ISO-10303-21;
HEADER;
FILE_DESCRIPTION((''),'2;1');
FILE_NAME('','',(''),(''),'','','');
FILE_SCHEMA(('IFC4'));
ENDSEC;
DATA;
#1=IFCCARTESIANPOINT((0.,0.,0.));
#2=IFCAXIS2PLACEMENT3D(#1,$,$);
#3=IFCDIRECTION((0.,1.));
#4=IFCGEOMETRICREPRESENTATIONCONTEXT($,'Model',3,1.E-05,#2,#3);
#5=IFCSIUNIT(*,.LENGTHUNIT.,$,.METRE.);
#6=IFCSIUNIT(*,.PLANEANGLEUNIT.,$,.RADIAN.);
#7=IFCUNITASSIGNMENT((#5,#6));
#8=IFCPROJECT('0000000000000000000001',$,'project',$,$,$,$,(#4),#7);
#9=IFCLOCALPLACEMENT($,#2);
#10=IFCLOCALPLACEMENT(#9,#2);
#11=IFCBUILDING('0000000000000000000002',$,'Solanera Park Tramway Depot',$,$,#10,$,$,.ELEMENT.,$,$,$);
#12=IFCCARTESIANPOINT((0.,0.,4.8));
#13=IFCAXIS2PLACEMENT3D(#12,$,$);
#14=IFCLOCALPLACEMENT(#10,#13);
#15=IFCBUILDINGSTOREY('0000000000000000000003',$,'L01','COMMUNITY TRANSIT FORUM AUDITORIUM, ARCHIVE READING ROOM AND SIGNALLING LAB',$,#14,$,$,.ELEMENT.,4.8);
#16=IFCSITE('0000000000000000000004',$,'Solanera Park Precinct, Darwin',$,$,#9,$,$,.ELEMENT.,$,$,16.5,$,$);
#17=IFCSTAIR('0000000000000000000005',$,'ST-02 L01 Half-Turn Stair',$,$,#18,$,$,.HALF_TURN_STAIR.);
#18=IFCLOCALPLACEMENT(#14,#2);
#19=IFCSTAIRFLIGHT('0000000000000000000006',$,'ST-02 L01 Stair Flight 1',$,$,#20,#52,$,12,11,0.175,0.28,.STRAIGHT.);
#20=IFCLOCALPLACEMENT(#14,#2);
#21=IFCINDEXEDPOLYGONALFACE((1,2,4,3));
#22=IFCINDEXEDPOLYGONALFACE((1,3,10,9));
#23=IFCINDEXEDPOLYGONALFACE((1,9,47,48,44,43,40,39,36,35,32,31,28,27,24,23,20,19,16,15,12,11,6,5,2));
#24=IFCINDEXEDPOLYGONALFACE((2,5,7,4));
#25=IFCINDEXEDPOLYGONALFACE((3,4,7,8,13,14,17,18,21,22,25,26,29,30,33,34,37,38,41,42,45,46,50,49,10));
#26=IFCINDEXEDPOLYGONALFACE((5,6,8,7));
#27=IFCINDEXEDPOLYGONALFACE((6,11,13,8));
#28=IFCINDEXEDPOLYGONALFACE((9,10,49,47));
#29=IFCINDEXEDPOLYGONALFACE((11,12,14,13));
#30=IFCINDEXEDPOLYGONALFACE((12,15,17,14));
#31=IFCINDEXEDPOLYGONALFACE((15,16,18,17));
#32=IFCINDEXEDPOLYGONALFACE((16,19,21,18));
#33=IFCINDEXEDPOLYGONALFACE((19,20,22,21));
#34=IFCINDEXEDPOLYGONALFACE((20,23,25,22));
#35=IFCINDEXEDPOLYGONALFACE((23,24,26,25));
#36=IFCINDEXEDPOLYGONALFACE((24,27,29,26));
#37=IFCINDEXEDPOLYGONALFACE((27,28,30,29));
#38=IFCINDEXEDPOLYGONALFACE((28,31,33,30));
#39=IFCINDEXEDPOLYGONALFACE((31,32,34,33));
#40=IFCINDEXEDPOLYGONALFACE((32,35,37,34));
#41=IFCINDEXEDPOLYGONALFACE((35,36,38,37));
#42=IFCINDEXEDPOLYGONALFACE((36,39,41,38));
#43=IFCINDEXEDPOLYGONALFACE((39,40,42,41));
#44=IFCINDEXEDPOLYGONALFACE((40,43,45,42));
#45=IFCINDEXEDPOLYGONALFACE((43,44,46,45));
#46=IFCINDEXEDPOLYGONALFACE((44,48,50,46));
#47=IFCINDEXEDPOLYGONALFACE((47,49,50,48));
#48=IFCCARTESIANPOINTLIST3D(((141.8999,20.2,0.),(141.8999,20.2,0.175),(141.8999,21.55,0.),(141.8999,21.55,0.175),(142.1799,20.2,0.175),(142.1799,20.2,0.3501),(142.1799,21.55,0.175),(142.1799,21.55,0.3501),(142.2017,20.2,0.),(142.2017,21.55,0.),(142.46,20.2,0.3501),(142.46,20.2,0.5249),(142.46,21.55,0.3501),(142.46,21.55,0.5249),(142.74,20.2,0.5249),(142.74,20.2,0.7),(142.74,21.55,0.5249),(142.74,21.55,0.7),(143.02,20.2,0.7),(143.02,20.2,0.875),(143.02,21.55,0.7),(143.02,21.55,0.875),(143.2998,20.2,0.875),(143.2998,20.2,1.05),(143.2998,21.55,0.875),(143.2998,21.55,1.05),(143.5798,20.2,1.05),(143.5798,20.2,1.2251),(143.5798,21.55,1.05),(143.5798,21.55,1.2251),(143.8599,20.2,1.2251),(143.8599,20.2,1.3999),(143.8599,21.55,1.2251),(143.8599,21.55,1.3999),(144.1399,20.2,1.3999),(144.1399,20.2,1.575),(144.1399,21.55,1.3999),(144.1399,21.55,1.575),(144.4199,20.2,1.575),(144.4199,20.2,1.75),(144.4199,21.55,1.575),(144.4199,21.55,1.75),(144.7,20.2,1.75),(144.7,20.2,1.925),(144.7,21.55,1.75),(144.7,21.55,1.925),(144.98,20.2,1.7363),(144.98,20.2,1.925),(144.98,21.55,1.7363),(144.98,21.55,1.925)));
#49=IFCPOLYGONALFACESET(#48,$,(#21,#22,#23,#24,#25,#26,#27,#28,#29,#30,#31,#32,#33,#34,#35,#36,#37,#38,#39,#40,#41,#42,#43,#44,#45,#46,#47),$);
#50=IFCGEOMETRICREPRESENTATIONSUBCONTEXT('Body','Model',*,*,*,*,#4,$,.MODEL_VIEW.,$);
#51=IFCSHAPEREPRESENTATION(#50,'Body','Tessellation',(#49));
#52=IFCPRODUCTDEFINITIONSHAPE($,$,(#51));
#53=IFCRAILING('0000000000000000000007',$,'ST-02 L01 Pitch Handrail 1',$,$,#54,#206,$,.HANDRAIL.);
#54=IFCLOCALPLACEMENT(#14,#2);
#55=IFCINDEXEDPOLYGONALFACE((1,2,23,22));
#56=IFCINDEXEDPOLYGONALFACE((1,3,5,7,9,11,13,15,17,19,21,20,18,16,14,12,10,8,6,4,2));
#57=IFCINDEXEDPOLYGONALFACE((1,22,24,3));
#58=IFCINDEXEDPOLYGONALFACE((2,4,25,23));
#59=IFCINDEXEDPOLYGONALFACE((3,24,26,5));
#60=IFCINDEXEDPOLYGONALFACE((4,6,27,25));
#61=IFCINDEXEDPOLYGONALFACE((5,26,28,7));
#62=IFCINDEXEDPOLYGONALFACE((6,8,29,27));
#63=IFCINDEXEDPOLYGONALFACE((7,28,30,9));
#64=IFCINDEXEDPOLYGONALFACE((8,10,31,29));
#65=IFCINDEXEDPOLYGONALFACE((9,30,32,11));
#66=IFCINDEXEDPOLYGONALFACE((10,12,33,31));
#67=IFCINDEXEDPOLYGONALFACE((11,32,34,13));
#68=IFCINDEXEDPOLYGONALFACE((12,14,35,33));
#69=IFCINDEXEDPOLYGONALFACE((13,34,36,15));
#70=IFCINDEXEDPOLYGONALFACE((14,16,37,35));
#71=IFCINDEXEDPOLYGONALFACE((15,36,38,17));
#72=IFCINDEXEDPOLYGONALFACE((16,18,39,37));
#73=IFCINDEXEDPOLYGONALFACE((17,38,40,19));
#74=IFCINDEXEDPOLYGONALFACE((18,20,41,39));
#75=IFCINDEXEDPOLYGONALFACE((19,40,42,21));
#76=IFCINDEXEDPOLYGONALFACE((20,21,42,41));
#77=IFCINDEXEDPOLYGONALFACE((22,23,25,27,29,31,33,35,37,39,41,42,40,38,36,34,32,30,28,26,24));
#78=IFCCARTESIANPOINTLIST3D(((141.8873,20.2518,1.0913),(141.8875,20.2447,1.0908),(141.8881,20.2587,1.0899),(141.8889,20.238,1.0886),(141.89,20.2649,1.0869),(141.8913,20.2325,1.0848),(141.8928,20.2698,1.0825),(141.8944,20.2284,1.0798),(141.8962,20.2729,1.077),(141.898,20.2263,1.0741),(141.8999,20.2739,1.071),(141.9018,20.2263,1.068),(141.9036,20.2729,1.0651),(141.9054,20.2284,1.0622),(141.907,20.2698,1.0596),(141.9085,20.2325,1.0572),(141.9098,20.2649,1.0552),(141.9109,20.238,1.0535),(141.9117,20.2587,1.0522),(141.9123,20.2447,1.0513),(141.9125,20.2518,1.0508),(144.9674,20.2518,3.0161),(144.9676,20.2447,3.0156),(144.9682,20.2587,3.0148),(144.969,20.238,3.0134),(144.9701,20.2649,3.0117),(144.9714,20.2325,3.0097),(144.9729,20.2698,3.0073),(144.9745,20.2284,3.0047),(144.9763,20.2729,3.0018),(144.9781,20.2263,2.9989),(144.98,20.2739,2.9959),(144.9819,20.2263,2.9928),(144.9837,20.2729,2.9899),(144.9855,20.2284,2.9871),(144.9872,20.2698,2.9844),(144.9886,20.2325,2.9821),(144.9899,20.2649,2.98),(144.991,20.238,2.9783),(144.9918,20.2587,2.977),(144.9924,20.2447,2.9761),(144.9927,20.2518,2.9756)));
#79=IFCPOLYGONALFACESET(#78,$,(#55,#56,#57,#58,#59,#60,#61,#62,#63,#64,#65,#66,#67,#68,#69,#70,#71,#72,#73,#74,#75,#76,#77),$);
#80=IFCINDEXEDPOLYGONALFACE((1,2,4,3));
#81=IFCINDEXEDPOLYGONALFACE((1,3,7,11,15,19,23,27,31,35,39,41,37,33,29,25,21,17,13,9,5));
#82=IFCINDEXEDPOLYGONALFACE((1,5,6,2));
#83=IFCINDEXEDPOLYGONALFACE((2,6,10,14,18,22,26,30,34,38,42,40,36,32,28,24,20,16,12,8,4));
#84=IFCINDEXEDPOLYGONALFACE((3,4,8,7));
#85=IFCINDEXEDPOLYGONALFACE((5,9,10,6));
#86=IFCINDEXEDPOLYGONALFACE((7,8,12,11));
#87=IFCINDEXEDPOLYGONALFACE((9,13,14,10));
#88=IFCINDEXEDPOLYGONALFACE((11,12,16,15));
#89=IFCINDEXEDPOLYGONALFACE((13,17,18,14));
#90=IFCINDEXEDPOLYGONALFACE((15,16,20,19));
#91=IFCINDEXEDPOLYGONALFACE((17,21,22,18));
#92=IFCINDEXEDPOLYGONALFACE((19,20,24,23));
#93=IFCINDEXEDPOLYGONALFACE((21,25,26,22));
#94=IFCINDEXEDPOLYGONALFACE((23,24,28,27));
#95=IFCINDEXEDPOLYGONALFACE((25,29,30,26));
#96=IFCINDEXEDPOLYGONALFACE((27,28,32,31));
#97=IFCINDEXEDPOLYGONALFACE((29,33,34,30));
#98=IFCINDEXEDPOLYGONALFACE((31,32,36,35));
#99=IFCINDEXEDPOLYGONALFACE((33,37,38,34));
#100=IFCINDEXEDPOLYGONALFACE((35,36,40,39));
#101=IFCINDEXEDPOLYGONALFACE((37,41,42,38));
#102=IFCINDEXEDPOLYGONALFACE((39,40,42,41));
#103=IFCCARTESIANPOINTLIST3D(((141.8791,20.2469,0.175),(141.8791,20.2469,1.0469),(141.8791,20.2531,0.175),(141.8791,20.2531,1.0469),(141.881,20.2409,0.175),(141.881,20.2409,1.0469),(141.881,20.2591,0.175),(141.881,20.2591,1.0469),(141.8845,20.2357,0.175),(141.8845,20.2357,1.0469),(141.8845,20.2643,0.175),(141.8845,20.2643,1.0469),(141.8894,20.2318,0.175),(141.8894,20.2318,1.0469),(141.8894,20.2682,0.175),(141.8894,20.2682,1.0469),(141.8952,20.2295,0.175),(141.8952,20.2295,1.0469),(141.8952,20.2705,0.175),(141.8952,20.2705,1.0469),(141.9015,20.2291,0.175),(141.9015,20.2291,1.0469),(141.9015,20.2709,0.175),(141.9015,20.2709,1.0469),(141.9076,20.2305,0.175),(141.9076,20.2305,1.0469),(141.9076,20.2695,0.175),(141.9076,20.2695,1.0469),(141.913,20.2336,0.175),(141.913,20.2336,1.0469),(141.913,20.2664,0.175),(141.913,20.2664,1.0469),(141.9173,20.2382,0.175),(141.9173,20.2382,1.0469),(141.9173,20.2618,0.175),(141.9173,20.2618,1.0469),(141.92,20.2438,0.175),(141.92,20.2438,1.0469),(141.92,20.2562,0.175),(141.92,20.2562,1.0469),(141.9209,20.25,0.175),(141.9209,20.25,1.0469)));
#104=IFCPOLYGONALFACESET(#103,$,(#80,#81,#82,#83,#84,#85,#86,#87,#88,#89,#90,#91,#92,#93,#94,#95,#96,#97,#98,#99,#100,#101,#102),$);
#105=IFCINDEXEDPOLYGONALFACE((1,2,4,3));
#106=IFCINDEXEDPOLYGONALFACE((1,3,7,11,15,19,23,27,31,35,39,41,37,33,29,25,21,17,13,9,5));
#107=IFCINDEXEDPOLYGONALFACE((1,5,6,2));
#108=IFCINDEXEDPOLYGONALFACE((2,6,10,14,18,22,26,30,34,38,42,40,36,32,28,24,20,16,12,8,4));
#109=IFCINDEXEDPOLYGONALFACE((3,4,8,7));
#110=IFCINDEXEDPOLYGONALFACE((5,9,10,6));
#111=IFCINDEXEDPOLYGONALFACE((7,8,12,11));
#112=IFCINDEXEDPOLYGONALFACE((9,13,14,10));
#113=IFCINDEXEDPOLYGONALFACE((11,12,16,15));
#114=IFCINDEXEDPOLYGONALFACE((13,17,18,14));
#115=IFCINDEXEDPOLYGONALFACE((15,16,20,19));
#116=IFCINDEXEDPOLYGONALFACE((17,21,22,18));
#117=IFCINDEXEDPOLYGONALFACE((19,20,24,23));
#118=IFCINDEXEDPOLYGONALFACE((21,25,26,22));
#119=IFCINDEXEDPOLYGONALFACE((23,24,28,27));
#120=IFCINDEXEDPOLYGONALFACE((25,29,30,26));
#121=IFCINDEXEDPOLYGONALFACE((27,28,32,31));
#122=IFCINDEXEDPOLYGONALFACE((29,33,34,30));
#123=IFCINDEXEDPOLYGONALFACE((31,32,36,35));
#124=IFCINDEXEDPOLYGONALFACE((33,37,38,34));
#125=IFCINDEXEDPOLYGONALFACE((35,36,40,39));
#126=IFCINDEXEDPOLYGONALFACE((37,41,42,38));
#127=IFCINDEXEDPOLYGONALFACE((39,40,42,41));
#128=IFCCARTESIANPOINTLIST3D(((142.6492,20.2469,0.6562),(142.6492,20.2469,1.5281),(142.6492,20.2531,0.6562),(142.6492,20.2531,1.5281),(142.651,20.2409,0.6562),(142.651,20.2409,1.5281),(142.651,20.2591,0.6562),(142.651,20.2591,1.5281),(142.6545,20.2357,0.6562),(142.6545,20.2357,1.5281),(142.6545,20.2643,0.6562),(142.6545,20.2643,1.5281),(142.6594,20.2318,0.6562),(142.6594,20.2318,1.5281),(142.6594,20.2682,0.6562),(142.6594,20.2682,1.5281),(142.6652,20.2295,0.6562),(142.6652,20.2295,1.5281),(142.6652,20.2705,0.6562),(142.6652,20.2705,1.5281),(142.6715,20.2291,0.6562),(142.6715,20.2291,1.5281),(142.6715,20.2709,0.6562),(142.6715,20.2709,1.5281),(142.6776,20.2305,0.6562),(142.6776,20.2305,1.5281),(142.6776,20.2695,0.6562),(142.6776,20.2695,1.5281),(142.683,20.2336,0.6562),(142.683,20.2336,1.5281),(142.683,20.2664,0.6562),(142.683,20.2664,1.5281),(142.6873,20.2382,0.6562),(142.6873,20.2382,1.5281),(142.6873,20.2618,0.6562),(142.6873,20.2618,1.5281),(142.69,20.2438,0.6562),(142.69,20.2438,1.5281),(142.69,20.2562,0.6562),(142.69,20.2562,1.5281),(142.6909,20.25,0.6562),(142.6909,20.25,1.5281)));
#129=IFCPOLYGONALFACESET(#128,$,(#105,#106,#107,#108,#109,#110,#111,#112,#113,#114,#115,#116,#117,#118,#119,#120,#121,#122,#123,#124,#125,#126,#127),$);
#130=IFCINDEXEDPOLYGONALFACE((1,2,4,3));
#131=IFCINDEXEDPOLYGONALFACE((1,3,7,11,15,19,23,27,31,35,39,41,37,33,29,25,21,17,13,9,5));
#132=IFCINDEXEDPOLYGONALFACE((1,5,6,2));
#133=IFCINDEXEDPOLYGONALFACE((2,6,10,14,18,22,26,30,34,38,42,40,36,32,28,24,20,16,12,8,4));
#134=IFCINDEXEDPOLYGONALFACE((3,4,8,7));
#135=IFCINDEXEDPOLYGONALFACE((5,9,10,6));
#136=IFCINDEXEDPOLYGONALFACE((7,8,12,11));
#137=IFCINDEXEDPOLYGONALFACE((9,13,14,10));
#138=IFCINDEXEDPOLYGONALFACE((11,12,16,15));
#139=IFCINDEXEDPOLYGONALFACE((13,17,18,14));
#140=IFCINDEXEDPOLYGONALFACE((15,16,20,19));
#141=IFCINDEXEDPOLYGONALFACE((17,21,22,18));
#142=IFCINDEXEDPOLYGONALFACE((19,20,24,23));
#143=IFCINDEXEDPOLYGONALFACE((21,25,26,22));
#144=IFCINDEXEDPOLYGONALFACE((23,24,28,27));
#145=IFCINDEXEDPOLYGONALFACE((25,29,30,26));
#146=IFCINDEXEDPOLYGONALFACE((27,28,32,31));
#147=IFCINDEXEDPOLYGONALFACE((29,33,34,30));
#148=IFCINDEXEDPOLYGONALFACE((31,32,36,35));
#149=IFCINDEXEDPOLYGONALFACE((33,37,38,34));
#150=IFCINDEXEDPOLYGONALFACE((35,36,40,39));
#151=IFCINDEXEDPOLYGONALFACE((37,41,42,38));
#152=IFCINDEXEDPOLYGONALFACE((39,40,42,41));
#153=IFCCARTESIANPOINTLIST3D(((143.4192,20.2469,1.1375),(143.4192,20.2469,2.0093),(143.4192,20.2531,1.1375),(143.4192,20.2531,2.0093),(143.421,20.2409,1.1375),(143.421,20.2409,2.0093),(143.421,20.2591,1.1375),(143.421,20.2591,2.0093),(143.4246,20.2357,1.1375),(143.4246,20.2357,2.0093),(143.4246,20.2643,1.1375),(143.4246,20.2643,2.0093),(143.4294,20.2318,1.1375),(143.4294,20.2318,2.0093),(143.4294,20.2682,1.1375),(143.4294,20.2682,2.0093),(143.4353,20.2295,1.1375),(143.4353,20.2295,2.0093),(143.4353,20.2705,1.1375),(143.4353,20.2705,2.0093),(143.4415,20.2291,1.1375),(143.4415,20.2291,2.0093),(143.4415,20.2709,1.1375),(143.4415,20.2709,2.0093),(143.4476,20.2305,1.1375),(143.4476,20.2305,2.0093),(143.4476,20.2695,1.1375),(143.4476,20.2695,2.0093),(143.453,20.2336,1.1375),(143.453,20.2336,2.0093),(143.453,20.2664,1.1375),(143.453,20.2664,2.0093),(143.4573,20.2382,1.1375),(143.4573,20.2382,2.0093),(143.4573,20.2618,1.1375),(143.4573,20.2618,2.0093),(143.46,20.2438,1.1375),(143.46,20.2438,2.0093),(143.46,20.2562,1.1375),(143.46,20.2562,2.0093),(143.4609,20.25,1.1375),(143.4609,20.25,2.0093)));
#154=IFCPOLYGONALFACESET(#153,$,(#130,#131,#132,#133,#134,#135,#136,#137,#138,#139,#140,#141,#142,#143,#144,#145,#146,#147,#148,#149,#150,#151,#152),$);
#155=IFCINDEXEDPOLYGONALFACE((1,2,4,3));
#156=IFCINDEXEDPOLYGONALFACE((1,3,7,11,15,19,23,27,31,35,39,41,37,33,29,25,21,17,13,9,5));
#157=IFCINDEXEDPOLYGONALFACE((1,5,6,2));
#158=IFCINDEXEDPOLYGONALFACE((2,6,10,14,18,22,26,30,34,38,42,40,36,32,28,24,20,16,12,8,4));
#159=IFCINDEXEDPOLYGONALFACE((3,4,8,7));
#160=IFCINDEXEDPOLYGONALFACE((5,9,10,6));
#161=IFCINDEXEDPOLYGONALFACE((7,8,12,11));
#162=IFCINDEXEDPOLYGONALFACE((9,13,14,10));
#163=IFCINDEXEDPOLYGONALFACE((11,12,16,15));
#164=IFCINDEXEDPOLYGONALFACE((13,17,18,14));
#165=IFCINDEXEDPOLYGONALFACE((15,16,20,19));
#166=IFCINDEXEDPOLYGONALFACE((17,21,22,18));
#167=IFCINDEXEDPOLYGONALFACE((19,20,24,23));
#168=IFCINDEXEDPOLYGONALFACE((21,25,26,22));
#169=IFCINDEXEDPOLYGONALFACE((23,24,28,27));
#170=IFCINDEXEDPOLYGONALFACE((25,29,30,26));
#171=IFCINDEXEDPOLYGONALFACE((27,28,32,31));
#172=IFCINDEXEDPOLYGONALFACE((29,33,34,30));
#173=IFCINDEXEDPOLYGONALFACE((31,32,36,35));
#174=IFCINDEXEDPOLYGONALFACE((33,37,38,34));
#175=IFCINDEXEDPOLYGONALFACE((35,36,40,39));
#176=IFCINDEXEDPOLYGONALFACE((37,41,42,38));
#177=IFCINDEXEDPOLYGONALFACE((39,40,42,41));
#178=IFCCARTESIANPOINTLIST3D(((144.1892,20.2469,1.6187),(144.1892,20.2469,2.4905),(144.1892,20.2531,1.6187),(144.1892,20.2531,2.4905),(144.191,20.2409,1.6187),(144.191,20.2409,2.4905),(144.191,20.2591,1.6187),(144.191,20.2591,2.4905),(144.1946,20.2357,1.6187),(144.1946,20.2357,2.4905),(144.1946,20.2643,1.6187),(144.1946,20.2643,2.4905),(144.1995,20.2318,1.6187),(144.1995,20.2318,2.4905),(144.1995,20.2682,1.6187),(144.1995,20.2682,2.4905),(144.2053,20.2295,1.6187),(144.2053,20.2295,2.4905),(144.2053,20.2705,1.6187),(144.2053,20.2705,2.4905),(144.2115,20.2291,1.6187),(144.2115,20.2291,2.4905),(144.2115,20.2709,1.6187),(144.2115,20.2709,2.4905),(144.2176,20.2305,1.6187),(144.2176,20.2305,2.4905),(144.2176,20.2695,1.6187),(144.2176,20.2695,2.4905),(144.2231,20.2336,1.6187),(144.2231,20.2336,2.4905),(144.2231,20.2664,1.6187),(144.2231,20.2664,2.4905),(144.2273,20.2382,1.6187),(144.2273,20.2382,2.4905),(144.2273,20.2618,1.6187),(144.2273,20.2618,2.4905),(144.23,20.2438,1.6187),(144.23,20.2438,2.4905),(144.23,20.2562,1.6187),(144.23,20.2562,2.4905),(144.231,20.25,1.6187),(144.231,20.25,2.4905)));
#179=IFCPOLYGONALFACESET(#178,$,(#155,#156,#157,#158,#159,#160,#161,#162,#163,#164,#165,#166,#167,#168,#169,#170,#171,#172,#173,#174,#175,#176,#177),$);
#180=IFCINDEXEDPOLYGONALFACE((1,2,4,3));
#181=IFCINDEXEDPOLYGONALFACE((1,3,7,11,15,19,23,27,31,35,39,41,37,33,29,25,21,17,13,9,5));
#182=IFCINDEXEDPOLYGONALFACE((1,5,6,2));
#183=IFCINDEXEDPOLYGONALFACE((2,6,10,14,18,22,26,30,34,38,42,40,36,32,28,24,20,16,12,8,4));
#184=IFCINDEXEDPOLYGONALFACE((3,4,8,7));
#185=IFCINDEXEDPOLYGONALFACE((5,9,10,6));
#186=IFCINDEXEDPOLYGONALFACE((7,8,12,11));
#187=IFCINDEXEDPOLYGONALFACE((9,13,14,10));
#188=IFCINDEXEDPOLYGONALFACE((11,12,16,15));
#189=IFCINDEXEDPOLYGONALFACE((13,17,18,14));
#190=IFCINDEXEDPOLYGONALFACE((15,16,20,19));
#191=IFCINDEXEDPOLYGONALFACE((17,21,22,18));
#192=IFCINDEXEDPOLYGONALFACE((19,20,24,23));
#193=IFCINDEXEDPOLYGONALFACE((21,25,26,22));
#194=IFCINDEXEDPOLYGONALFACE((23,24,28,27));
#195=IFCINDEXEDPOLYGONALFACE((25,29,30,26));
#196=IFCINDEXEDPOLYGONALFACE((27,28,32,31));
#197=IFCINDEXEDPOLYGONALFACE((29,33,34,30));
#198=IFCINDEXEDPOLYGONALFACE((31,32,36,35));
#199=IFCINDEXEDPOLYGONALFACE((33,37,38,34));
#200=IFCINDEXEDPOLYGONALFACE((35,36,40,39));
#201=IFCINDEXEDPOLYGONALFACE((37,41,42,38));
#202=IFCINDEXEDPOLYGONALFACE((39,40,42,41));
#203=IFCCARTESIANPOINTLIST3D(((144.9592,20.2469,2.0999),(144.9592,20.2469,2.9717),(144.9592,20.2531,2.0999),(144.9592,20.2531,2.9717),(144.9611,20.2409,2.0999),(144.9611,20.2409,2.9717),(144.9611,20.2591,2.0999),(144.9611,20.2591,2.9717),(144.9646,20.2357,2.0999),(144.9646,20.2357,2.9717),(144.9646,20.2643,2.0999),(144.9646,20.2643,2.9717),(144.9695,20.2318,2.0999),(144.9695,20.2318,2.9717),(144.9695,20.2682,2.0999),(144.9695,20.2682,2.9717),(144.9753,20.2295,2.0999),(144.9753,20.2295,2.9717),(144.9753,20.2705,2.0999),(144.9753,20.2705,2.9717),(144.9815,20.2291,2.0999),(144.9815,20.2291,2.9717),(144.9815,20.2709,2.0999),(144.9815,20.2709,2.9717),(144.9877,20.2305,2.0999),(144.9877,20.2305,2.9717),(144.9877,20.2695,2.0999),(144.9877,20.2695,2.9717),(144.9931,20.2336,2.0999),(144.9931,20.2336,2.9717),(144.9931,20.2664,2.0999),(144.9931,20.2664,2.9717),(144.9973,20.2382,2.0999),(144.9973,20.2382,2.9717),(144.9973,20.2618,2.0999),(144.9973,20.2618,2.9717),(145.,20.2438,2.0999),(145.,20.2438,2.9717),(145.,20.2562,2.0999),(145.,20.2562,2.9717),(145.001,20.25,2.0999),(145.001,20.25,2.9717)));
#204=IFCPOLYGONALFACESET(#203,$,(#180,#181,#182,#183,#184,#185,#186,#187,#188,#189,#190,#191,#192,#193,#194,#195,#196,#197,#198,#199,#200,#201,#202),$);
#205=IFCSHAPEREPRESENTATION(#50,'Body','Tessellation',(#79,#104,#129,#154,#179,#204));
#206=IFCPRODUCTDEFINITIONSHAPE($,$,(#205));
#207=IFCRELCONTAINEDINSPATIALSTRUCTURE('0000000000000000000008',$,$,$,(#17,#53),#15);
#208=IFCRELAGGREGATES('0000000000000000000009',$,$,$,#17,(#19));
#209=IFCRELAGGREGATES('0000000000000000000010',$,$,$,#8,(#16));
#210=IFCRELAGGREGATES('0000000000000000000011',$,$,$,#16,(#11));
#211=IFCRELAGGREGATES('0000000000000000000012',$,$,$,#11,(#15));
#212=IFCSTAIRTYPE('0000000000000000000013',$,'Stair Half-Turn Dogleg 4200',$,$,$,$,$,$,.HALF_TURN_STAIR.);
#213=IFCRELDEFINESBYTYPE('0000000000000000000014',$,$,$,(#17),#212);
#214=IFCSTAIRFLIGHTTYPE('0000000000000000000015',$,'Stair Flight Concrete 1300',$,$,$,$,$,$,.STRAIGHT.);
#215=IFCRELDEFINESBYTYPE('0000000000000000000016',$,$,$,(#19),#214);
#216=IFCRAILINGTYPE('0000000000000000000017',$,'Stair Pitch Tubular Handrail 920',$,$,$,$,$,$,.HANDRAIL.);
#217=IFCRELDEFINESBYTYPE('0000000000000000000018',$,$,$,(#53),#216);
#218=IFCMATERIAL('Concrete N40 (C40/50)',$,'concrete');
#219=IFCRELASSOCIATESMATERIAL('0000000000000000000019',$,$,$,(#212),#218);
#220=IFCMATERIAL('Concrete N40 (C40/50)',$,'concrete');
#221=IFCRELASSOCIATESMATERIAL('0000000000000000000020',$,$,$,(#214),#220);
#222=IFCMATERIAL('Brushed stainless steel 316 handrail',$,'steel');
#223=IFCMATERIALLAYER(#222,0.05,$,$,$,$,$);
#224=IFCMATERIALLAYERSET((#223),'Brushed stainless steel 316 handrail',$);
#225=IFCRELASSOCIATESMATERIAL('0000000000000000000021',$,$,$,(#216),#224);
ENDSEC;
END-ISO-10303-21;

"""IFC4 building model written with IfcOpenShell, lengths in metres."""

from ifc_helpers import new_model, si_unit, direction, frame, origin, origin_2d, place, context, subcontext, project, spatial, polyline, circle, outline, extrude, material, layer, layer_set, type_object, element, aggregate, save


model = new_model("IFC4")

# Units and contexts
model_context = context("Model", 3, precision=1e-05, world=origin(), true_north=direction((0.0, 1.0)))
body_context = subcontext(model_context, "Body", "Model", "MODEL_VIEW")
ifc_project = project(units=[si_unit("LENGTHUNIT", "METRE"), si_unit("PLANEANGLEUNIT", "RADIAN")], contexts=[model_context])

# Site, building, storey
site_placement = place(None, origin())
site = spatial("IfcSite", under=ifc_project, at=site_placement, Name="Solanera Park Precinct, Darwin", CompositionType="ELEMENT", RefElevation=16.5)
building_placement = place(site_placement, origin())
building = spatial("IfcBuilding", under=site, at=building_placement, Name="Solanera Park Tramway Depot", CompositionType="ELEMENT")
storey_placement = place(building_placement, frame((0.0, 0.0, 4.8)))
storey = spatial("IfcBuildingStorey", under=building, at=storey_placement, Name="L01", Description="COMMUNITY TRANSIT FORUM AUDITORIUM, ARCHIVE READING ROOM AND SIGNALLING LAB", CompositionType="ELEMENT", Elevation=4.8)

# Stair, stair flight
ifc_material_1 = material(Name="Concrete N40 (C40/50)", Category="concrete")
stair_type = type_object("IfcStairType", Name="Stair Half-Turn Dogleg 4200", PredefinedType="HALF_TURN_STAIR", material=ifc_material_1)
stair_placement = place(storey_placement, origin())
stair = element("IfcStair", 1, at=stair_placement, inside=storey, type_object=stair_type, Name="ST-02 L01 Half-Turn Stair", PredefinedType="HALF_TURN_STAIR")
ifc_material_2 = material(Name="Concrete N40 (C40/50)", Category="concrete")
stair_flight_type = type_object("IfcStairFlightType", Name="Stair Flight Concrete 1300", PredefinedType="STRAIGHT", material=ifc_material_2)
stair_flight_placement = place(storey_placement, frame((141.8999, 20.875, 0.0), z_axis=(0.0, 0.0, 1.0), x_axis=(1.0, 0.0, 0.0)))
stair_flight = element("IfcStairFlight", 2, at=stair_flight_placement, type_object=stair_flight_type, Name="ST-02 L01 Stair Flight 1", NumberOfRisers=12, NumberOfTreads=11, PredefinedType="STRAIGHT", RiserHeight=0.175, TreadLength=0.28, context=body_context, shape_type="SweptSolid", body=[
    extrude(outline(polyline([(0.0, 0.0), (0.0, 0.175), (0.28, 0.175), (0.28, 0.3501), (0.5601, 0.3501), (0.5601, 0.5249), (0.8401, 0.5249), (0.8401, 0.7), (1.1201, 0.7), (1.1201, 0.875), (1.3999, 0.875), (1.3999, 1.05), (1.6799, 1.05), (1.6799, 1.2251), (1.96, 1.2251), (1.96, 1.3999), (2.24, 1.3999), (2.24, 1.575), (2.52, 1.575), (2.52, 1.75), (2.8, 1.75), (2.8, 1.925), (3.0801, 1.925), (3.0801, 2.1001), (3.0801, 1.7363), (0.3018, 0.0), (0.0, 0.0)])), frame((0.0, 0.675, 0.0), z_axis=(0.0, -1.0, 0.0), x_axis=(1.0, 0.0, 0.0)), (0.0, 0.0, 1.0), 1.3501),
])
aggregate(stair, [stair_flight])

# Railing
ifc_material_3 = material(Name="Brushed stainless steel 316 handrail", Category="steel")
ifc_layer_1 = layer(ifc_material_3, 0.05)
ifc_layer_set_1 = layer_set([ifc_layer_1], Name="Brushed stainless steel 316 handrail")
railing_type_1 = type_object("IfcRailingType", Name="Stair Pitch Tubular Handrail 920", PredefinedType="HANDRAIL", material=ifc_layer_set_1)
railing_1_placement = place(storey_placement, frame((141.8999, 20.25, 0.175)))
element("IfcRailing", 3, at=railing_1_placement, inside=storey, type_object=railing_type_1, Name="ST-02 L01 Pitch Handrail 1", PredefinedType="HANDRAIL", context=body_context, shape_type="SweptSolid", body=[
    extrude(circle(Radius=0.0239, at=origin_2d()), frame((0.0, 0.0, 0.896), z_axis=(0.848029, 0.0, 0.529951), x_axis=(0.0, 1.0, 0.0)), (0.0, 0.0, 1.0), 3.6321),
    extrude(circle(Radius=0.021, at=origin_2d()), origin(), (0.0, 0.0, 1.0), 0.8718),
    extrude(circle(Radius=0.021, at=origin_2d()), frame((0.77, 0.0, 0.4812)), (0.0, 0.0, 1.0), 0.8718),
    extrude(circle(Radius=0.021, at=origin_2d()), frame((1.54, 0.0, 0.9624)), (0.0, 0.0, 1.0), 0.8718),
    extrude(circle(Radius=0.021, at=origin_2d()), frame((2.3101, 0.0, 1.4436)), (0.0, 0.0, 1.0), 0.8718),
    extrude(circle(Radius=0.021, at=origin_2d()), frame((3.0801, 0.0, 1.9248)), (0.0, 0.0, 1.0), 0.8718),
])

save(model, "model.ifc")
